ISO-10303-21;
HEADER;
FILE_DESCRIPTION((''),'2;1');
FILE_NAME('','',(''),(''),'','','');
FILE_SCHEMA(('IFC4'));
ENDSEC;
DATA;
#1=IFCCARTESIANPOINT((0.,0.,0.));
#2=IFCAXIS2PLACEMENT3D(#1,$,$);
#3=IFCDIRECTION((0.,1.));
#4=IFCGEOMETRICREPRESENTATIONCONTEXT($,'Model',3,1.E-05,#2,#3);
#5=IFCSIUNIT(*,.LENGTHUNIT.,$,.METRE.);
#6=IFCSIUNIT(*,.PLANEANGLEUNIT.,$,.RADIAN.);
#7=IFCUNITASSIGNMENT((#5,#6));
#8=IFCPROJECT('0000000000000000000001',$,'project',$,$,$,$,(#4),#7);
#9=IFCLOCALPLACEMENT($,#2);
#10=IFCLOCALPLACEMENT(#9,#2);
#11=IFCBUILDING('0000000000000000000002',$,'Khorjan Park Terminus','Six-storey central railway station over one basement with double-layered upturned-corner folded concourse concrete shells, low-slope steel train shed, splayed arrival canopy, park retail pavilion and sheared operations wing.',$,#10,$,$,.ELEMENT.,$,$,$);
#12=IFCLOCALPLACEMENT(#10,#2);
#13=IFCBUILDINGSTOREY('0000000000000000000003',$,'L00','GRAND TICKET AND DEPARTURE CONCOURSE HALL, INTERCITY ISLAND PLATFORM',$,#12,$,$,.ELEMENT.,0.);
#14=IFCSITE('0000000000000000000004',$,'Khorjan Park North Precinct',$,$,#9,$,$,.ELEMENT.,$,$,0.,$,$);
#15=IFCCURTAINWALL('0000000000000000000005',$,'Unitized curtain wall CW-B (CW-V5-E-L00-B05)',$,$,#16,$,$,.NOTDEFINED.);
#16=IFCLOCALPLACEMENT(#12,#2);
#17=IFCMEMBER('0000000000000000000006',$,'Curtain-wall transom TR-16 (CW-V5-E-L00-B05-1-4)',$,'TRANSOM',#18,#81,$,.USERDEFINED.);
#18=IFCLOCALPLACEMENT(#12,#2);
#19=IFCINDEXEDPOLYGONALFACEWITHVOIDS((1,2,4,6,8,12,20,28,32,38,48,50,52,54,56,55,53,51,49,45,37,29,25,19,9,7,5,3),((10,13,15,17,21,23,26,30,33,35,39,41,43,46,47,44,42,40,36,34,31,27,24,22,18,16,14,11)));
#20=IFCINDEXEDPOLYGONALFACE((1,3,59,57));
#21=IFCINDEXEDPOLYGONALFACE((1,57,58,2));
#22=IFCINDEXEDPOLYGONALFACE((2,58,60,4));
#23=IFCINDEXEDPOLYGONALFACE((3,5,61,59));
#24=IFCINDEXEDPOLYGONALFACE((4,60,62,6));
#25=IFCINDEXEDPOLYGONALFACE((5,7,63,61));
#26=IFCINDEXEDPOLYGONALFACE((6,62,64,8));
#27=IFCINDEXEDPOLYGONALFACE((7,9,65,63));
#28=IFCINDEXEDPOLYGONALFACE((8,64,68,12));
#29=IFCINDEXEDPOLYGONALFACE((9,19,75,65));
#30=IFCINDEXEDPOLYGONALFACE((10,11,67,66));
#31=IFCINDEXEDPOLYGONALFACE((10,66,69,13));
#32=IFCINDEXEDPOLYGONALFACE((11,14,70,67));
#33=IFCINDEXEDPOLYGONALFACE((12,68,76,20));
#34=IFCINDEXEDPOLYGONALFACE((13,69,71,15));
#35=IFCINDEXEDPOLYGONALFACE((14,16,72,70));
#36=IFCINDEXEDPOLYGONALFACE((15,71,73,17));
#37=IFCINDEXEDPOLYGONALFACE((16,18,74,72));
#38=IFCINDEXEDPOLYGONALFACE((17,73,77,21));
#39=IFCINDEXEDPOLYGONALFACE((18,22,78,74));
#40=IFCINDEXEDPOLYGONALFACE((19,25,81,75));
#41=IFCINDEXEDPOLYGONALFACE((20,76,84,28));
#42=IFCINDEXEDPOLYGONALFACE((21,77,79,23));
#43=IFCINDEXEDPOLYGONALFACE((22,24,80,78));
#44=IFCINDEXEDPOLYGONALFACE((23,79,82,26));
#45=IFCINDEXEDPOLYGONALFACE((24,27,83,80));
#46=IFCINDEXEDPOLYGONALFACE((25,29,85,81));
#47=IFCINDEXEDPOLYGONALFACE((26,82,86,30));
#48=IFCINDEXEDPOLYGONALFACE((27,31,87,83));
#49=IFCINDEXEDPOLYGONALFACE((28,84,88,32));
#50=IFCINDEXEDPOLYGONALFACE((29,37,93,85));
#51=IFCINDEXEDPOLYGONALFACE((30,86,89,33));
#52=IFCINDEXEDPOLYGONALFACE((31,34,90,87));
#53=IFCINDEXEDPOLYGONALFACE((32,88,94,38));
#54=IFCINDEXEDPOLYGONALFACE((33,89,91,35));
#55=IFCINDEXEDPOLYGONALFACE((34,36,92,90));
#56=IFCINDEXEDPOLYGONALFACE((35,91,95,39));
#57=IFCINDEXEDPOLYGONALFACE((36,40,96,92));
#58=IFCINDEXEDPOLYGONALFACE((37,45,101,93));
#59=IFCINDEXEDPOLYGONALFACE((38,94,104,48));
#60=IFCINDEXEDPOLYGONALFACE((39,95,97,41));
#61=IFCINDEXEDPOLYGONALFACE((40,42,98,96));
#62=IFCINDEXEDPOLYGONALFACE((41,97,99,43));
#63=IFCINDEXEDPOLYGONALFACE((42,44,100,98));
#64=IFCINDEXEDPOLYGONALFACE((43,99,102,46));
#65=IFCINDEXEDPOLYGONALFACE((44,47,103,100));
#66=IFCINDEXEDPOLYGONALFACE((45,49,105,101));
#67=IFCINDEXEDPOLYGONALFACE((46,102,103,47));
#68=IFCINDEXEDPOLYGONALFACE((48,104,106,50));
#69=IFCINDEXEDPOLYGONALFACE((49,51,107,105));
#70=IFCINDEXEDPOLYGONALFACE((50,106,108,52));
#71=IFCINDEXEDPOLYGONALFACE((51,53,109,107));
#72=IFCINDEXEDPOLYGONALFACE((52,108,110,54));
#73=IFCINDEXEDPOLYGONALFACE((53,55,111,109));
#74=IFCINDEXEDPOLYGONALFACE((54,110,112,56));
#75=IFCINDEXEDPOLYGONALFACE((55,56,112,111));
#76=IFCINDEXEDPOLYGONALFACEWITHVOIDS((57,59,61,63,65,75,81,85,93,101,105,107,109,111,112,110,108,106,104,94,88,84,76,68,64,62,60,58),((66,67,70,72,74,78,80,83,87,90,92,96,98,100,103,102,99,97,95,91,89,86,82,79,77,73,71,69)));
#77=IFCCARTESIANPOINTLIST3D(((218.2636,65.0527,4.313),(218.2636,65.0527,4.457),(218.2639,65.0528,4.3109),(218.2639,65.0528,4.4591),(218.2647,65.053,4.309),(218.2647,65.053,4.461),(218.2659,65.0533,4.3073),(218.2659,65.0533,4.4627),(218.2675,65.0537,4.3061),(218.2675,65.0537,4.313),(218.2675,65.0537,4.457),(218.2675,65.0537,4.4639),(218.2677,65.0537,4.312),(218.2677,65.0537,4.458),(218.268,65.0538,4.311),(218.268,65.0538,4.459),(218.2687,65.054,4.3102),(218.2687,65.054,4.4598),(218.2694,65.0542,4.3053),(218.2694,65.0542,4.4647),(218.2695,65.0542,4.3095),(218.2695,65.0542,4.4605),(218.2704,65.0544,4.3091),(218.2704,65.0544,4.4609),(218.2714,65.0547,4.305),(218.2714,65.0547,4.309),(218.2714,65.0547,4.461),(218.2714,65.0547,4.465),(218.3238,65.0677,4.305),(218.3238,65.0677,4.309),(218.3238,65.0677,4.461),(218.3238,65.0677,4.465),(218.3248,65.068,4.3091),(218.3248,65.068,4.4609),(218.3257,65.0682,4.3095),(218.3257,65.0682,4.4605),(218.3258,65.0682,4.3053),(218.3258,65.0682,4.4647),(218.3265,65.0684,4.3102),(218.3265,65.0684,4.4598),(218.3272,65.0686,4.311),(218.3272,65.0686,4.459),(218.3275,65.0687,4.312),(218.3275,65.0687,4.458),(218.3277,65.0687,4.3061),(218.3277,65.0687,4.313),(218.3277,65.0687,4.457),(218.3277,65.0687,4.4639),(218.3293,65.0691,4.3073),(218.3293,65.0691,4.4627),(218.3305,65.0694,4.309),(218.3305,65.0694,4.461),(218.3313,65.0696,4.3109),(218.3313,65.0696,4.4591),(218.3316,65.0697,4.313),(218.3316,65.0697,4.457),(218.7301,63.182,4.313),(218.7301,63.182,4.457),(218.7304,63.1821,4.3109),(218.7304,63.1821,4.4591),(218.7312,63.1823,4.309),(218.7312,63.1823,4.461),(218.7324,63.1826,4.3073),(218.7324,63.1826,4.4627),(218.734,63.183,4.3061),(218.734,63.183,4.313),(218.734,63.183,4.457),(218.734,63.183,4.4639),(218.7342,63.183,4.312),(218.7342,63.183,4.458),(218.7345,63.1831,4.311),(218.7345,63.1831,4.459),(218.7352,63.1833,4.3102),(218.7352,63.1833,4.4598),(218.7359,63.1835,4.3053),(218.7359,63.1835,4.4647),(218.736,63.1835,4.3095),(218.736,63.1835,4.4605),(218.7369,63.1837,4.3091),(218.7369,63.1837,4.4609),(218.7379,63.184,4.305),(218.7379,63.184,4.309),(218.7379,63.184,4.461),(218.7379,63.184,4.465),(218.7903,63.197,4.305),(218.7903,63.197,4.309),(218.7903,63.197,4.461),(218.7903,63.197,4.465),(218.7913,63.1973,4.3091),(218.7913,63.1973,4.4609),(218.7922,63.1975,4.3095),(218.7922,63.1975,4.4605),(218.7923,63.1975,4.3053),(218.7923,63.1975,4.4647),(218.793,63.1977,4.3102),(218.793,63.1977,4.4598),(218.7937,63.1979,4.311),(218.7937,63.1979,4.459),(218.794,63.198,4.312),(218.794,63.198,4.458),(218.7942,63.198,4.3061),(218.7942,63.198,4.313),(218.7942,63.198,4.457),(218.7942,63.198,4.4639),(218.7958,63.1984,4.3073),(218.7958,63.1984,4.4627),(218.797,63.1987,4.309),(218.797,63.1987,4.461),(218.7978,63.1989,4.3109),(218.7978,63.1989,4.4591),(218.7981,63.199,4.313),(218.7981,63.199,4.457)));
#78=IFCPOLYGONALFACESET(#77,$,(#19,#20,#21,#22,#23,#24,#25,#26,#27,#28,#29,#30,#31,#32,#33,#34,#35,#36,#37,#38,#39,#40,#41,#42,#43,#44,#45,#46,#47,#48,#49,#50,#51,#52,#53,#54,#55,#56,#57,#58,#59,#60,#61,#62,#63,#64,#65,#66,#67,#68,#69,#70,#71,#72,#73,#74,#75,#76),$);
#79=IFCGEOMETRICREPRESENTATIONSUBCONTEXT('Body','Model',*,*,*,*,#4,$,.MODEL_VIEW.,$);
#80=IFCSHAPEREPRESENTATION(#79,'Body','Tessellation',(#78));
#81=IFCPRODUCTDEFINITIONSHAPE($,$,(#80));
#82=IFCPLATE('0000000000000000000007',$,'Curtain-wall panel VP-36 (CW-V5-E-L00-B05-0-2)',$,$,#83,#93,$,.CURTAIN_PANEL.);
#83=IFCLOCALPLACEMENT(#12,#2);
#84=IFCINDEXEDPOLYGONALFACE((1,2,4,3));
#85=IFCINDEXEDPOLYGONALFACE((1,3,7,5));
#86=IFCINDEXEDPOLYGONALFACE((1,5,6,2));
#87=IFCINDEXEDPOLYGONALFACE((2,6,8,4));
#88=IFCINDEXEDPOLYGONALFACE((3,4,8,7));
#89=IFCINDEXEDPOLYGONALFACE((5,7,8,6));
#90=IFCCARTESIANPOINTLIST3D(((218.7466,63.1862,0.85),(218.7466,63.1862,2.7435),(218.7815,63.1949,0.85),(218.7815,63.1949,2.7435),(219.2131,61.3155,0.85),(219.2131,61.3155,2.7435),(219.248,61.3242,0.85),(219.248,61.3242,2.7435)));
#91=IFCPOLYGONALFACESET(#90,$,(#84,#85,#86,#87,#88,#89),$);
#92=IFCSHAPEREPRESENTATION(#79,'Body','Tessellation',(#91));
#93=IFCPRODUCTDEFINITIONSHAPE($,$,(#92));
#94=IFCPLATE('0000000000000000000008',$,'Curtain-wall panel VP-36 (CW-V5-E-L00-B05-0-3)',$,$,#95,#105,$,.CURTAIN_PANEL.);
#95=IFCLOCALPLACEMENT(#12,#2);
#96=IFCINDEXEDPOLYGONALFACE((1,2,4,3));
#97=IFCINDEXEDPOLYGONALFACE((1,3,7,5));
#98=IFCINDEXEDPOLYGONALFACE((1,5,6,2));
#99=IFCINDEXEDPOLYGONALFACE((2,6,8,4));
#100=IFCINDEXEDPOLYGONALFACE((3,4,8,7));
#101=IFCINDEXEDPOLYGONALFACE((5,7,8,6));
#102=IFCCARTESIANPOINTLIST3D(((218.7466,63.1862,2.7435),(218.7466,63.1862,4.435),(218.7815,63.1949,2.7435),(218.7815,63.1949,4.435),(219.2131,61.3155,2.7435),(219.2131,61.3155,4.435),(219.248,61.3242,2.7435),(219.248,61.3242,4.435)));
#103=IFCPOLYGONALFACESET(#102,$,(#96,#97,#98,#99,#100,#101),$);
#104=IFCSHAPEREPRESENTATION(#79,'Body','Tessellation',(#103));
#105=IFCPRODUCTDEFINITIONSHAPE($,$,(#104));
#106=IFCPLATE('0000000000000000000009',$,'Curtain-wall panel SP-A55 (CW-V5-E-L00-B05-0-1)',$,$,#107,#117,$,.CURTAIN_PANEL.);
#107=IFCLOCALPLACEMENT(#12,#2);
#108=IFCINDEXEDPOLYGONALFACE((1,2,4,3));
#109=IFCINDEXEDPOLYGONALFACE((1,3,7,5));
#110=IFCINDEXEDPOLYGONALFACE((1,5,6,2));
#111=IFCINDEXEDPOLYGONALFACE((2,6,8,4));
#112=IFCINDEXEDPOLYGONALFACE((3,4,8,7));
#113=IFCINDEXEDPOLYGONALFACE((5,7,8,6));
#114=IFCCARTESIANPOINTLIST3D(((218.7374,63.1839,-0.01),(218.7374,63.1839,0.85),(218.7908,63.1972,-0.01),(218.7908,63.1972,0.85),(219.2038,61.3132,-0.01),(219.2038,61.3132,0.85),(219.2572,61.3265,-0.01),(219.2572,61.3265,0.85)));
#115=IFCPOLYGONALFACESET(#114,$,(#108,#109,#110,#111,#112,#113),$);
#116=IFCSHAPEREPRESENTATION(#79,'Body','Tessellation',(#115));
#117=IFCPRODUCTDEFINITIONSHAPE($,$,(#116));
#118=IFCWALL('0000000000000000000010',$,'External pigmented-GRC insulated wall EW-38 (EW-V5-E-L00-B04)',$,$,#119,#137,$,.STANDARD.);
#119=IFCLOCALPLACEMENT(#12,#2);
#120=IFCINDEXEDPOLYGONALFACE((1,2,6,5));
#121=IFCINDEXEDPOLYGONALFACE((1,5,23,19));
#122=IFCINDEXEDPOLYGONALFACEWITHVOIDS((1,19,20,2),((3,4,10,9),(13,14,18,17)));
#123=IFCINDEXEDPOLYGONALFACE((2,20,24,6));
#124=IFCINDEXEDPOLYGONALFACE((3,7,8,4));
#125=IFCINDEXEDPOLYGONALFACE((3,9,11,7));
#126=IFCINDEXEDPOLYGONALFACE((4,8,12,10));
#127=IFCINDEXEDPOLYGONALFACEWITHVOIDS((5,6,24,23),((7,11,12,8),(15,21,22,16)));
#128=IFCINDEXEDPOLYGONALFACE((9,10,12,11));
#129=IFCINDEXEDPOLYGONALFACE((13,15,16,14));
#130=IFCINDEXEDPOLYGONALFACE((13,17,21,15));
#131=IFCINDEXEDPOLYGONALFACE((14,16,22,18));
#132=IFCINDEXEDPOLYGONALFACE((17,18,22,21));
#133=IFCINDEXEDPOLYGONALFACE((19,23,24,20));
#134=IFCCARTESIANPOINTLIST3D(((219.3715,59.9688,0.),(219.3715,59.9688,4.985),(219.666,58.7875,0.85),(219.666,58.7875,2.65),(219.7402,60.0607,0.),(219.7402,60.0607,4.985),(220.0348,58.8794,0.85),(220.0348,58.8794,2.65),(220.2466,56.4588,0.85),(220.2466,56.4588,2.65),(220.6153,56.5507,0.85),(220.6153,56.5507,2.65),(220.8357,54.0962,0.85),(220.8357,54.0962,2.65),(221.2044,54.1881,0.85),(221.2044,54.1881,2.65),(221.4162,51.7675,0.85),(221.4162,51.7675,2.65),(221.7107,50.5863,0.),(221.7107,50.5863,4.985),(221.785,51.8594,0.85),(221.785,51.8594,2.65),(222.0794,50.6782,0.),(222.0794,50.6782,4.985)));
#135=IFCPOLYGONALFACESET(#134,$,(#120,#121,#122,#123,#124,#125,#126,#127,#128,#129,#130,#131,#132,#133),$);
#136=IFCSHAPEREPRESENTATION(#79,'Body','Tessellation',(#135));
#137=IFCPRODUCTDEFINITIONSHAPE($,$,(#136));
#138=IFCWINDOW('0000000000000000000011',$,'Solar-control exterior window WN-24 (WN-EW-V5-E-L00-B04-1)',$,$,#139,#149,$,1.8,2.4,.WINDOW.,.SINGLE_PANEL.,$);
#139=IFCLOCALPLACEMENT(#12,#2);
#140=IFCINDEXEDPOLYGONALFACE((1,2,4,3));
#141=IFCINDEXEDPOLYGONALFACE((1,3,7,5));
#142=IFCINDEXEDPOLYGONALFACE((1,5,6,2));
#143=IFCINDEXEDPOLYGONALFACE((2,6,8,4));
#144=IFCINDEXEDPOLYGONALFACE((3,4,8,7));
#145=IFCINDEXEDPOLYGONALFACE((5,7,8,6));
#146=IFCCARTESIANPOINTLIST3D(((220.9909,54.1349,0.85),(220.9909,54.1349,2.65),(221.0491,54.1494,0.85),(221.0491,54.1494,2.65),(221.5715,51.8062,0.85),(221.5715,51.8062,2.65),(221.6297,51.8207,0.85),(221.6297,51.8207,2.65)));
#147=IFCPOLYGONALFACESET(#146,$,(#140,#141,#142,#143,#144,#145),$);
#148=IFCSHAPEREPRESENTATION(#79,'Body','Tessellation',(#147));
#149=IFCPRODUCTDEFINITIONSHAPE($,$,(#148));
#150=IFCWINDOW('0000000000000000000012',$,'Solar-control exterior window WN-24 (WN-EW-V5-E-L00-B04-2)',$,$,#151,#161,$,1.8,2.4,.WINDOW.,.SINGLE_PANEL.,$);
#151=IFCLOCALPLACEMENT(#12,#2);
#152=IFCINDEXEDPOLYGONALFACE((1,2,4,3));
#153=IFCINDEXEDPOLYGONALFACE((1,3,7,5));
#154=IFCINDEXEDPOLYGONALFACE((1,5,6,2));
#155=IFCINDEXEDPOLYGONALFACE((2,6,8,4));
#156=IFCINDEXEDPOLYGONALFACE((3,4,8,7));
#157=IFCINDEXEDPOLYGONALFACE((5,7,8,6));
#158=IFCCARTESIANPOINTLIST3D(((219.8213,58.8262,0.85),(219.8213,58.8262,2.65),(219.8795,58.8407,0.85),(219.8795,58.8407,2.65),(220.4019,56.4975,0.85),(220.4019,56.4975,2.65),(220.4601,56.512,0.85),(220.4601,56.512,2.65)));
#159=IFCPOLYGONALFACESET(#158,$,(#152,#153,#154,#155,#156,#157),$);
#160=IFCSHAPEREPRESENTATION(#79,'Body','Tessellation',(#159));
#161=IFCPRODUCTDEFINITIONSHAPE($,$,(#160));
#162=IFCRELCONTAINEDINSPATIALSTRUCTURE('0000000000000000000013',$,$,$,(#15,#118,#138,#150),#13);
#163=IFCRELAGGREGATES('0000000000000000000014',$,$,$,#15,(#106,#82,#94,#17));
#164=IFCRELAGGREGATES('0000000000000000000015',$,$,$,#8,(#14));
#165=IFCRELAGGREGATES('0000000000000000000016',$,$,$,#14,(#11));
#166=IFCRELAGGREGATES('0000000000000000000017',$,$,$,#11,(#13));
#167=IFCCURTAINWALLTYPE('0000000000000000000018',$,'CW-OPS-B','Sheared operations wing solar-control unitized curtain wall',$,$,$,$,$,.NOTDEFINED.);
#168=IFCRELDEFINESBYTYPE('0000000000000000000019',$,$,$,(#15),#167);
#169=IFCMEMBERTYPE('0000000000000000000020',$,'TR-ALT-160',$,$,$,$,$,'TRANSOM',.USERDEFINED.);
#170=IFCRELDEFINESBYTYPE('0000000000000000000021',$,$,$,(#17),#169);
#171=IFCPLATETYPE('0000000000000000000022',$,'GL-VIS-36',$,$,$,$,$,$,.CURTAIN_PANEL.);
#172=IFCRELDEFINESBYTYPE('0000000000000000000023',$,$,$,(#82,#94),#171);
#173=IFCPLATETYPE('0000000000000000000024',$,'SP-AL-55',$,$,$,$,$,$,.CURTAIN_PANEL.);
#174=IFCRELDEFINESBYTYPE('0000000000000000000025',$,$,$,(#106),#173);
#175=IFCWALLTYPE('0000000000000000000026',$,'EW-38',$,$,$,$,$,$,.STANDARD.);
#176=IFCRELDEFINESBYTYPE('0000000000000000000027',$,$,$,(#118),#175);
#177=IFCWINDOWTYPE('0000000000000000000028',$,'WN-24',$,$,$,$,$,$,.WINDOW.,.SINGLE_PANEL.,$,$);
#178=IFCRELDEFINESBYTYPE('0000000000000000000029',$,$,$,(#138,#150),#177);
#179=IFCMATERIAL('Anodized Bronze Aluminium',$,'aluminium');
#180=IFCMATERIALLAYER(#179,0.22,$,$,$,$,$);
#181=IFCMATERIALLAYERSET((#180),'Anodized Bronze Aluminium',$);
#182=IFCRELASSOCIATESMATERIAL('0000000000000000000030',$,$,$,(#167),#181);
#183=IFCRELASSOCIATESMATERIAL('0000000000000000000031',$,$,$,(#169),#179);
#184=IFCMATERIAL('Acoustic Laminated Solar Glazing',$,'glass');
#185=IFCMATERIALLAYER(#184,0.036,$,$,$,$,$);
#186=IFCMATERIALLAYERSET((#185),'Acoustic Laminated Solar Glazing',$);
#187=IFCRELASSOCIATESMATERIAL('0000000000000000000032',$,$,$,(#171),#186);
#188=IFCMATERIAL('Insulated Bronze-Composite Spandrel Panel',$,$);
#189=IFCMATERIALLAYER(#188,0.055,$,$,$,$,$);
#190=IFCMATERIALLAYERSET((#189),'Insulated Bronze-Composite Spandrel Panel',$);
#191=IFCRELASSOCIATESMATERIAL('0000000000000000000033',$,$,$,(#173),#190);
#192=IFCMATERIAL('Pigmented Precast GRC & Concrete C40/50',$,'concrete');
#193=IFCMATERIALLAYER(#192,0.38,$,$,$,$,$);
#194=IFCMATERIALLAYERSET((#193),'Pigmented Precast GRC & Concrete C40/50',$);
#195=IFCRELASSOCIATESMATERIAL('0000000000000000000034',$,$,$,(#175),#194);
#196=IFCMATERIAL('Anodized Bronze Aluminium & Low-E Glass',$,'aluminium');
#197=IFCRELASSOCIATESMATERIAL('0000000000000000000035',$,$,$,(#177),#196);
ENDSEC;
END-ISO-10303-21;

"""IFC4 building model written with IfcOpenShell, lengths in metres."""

from ifc_helpers import new_model, si_unit, direction, frame, frame_2d, origin, origin_2d, place, context, subcontext, project, spatial, rectangle, hollow_rectangle, extrude, material, layer, layer_set, material_profile, profile_set, type_object, element, fill, aggregate, save


model = new_model("IFC4")

# Units and contexts
model_context = context("Model", 3, precision=1e-05, world=origin(), true_north=direction((0.0, 1.0)))
body_context = subcontext(model_context, "Body", "Model", "MODEL_VIEW")
ifc_project = project(units=[si_unit("LENGTHUNIT", "METRE"), si_unit("PLANEANGLEUNIT", "RADIAN")], contexts=[model_context])

# Site, building, storey
site_placement = place(None, origin())
site = spatial("IfcSite", under=ifc_project, at=site_placement, Name="Khorjan Park North Precinct", CompositionType="ELEMENT", RefElevation=0.0)
building_placement = place(site_placement, origin())
building = spatial("IfcBuilding", under=site, at=building_placement, Name="Khorjan Park Terminus", Description="Six-storey central railway station over one basement with double-layered upturned-corner folded concourse concrete shells, low-slope steel train shed, splayed arrival canopy, park retail pavilion and sheared operations wing.", CompositionType="ELEMENT")
storey_placement = place(building_placement, origin())
storey = spatial("IfcBuildingStorey", under=building, at=storey_placement, Name="L00", Description="GRAND TICKET AND DEPARTURE CONCOURSE HALL, INTERCITY ISLAND PLATFORM", CompositionType="ELEMENT", Elevation=0.0)

# Curtain wall, member, plates
ifc_material_1 = material(Name="Anodized Bronze Aluminium", Category="aluminium")
ifc_layer_1 = layer(ifc_material_1, 0.22)
ifc_layer_set_1 = layer_set([ifc_layer_1], Name="Anodized Bronze Aluminium")
curtain_wall_type = type_object("IfcCurtainWallType", Name="CW-OPS-B", Description="Sheared operations wing solar-control unitized curtain wall", PredefinedType="NOTDEFINED", material=ifc_layer_set_1)
curtain_wall_placement = place(storey_placement, origin())
curtain_wall = element("IfcCurtainWall", 1, at=curtain_wall_placement, inside=storey, type_object=curtain_wall_type, Name="Unitized curtain wall CW-B (CW-V5-E-L00-B05)", PredefinedType="NOTDEFINED")
ifc_material_profile_1 = material_profile(ifc_material_1, hollow_rectangle(XDim=0.07, YDim=0.16, WallThickness=0.004, InnerFilletRadius=0.004, OuterFilletRadius=0.008, at=origin_2d()), Name="ALT 70x160x4")
ifc_profile_set_1 = profile_set([ifc_material_profile_1], Name="Anodized Bronze Aluminium")
member_type_1 = type_object("IfcMemberType", Name="TR-ALT-160", ElementType="TRANSOM", PredefinedType="USERDEFINED", material=ifc_profile_set_1)
member_1_placement = place(storey_placement, frame((218.7641, 63.1905, 4.385), z_axis=(-0.241962, 0.970286, 0.0), x_axis=(-0.970286, -0.241962, 0.0)))
member_1 = element("IfcMember", 2, at=member_1_placement, type_object=member_type_1, Name="Curtain-wall transom TR-16 (CW-V5-E-L00-B05-1-4)", ObjectType="TRANSOM", PredefinedType="USERDEFINED", context=body_context, shape_type="SweptSolid", body=[
    extrude(hollow_rectangle(XDim=0.07, YDim=0.16, WallThickness=0.004, InnerFilletRadius=0.004, OuterFilletRadius=0.008, at=origin_2d()), origin(), (0.0, 0.0, 1.0), 1.928),
])
ifc_material_2 = material(Name="Acoustic Laminated Solar Glazing", Category="glass")
ifc_layer_2 = layer(ifc_material_2, 0.036)
ifc_layer_set_2 = layer_set([ifc_layer_2], Name="Acoustic Laminated Solar Glazing")
plate_type_1 = type_object("IfcPlateType", Name="GL-VIS-36", PredefinedType="CURTAIN_PANEL", material=ifc_layer_set_2)
plate_1_placement = place(storey_placement, frame((218.9973, 62.2552, 0.85), z_axis=(0.0, 0.0, 1.0), x_axis=(-0.241935, 0.970292, 0.0)))
plate_1 = element("IfcPlate", 3, at=plate_1_placement, type_object=plate_type_1, Name="Curtain-wall panel VP-36 (CW-V5-E-L00-B05-0-2)", PredefinedType="CURTAIN_PANEL", context=body_context, shape_type="SweptSolid", body=[
    extrude(rectangle(XDim=1.928, YDim=0.036, at=origin_2d()), origin(), (0.0, 0.0, 1.0), 1.8935),
])
plate_2_placement = place(storey_placement, frame((218.9973, 62.2552, 2.7435), z_axis=(0.0, 0.0, 1.0), x_axis=(-0.241935, 0.970292, 0.0)))
plate_2 = element("IfcPlate", 4, at=plate_2_placement, type_object=plate_type_1, Name="Curtain-wall panel VP-36 (CW-V5-E-L00-B05-0-3)", PredefinedType="CURTAIN_PANEL", context=body_context, shape_type="SweptSolid", body=[
    extrude(rectangle(XDim=1.928, YDim=0.036, at=origin_2d()), origin(), (0.0, 0.0, 1.0), 1.6915),
])
ifc_material_3 = material(Name="Insulated Bronze-Composite Spandrel Panel")
ifc_layer_3 = layer(ifc_material_3, 0.055)
ifc_layer_set_3 = layer_set([ifc_layer_3], Name="Insulated Bronze-Composite Spandrel Panel")
plate_type_2 = type_object("IfcPlateType", Name="SP-AL-55", PredefinedType="CURTAIN_PANEL", material=ifc_layer_set_3)
plate_3_placement = place(storey_placement, frame((218.9973, 62.2552, -0.01), z_axis=(0.0, 0.0, 1.0), x_axis=(-0.241935, 0.970292, 0.0)))
plate_3 = element("IfcPlate", 5, at=plate_3_placement, type_object=plate_type_2, Name="Curtain-wall panel SP-A55 (CW-V5-E-L00-B05-0-1)", PredefinedType="CURTAIN_PANEL", context=body_context, shape_type="SweptSolid", body=[
    extrude(rectangle(XDim=1.928, YDim=0.055, at=origin_2d()), origin(), (0.0, 0.0, 1.0), 0.86),
])
aggregate(curtain_wall, [plate_3, plate_1, plate_2, member_1])

# Wall, openings, windows
ifc_material_4 = material(Name="Pigmented Precast GRC & Concrete C40/50", Category="concrete")
ifc_layer_4 = layer(ifc_material_4, 0.38)
ifc_layer_set_4 = layer_set([ifc_layer_4], Name="Pigmented Precast GRC & Concrete C40/50")
wall_type_1 = type_object("IfcWallType", Name="EW-38", PredefinedType="STANDARD", material=ifc_layer_set_4)
wall_1_placement = place(storey_placement, frame((221.8951, 50.6322, 0.0), z_axis=(0.0, 0.0, 1.0), x_axis=(-0.24191, 0.970299, 0.0)))
wall_1 = element("IfcWall", 6, at=wall_1_placement, inside=storey, type_object=wall_type_1, Name="External pigmented-GRC insulated wall EW-38 (EW-V5-E-L00-B04)", PredefinedType="STANDARD", context=body_context, shape_type="SweptSolid", body=[
    extrude(rectangle(XDim=9.6697, YDim=0.38, at=frame_2d((4.8349, 0.0))), origin(), (0.0, 0.0, 1.0), 4.985),
])
opening_1_placement = place(wall_1_placement, frame((1.2174, 0.0, 0.85)))
opening_1 = element("IfcOpeningElement", 7, at=opening_1_placement, cuts=wall_1, PredefinedType="OPENING", context=body_context, shape_type="SweptSolid", body=[
    extrude(rectangle(XDim=2.4, YDim=1.8, at=frame_2d((1.2, 0.9))), frame((0.0, 0.2, 0.0), z_axis=(0.0, -1.0, 0.0), x_axis=(1.0, 0.0, 0.0)), (0.0, 0.0, 1.0), 0.4),
])
opening_2_placement = place(wall_1_placement, frame((6.0523, 0.0, 0.85)))
opening_2 = element("IfcOpeningElement", 8, at=opening_2_placement, cuts=wall_1, PredefinedType="OPENING", context=body_context, shape_type="SweptSolid", body=[
    extrude(rectangle(XDim=2.4, YDim=1.8, at=frame_2d((1.2, 0.9))), frame((0.0, 0.2, 0.0), z_axis=(0.0, -1.0, 0.0), x_axis=(1.0, 0.0, 0.0)), (0.0, 0.0, 1.0), 0.4),
])
ifc_material_5 = material(Name="Anodized Bronze Aluminium & Low-E Glass", Category="aluminium")
window_type = type_object("IfcWindowType", Name="WN-24", PartitioningType="SINGLE_PANEL", PredefinedType="WINDOW", material=ifc_material_5)
window_1_placement = place(opening_1_placement, origin())
window_1 = element("IfcWindow", 9, at=window_1_placement, inside=storey, type_object=window_type, Name="Solar-control exterior window WN-24 (WN-EW-V5-E-L00-B04-1)", OverallHeight=1.8, OverallWidth=2.4, PartitioningType="SINGLE_PANEL", PredefinedType="WINDOW", context=body_context, shape_type="SweptSolid", body=[
    extrude(rectangle(XDim=2.4, YDim=1.8, at=frame_2d((1.2, 0.9))), frame((0.0, 0.03, 0.0), z_axis=(0.0, -1.0, 0.0), x_axis=(1.0, 0.0, 0.0)), (0.0, 0.0, 1.0), 0.06),
])
fill(opening_1, window_1)
window_2_placement = place(opening_2_placement, origin())
window_2 = element("IfcWindow", 10, at=window_2_placement, inside=storey, type_object=window_type, Name="Solar-control exterior window WN-24 (WN-EW-V5-E-L00-B04-2)", OverallHeight=1.8, OverallWidth=2.4, PartitioningType="SINGLE_PANEL", PredefinedType="WINDOW", context=body_context, shape_type="SweptSolid", body=[
    extrude(rectangle(XDim=2.4, YDim=1.8, at=frame_2d((1.2, 0.9))), frame((0.0, 0.03, 0.0), z_axis=(0.0, -1.0, 0.0), x_axis=(1.0, 0.0, 0.0)), (0.0, 0.0, 1.0), 0.06),
])
fill(opening_2, window_2)

save(model, "model.ifc")
